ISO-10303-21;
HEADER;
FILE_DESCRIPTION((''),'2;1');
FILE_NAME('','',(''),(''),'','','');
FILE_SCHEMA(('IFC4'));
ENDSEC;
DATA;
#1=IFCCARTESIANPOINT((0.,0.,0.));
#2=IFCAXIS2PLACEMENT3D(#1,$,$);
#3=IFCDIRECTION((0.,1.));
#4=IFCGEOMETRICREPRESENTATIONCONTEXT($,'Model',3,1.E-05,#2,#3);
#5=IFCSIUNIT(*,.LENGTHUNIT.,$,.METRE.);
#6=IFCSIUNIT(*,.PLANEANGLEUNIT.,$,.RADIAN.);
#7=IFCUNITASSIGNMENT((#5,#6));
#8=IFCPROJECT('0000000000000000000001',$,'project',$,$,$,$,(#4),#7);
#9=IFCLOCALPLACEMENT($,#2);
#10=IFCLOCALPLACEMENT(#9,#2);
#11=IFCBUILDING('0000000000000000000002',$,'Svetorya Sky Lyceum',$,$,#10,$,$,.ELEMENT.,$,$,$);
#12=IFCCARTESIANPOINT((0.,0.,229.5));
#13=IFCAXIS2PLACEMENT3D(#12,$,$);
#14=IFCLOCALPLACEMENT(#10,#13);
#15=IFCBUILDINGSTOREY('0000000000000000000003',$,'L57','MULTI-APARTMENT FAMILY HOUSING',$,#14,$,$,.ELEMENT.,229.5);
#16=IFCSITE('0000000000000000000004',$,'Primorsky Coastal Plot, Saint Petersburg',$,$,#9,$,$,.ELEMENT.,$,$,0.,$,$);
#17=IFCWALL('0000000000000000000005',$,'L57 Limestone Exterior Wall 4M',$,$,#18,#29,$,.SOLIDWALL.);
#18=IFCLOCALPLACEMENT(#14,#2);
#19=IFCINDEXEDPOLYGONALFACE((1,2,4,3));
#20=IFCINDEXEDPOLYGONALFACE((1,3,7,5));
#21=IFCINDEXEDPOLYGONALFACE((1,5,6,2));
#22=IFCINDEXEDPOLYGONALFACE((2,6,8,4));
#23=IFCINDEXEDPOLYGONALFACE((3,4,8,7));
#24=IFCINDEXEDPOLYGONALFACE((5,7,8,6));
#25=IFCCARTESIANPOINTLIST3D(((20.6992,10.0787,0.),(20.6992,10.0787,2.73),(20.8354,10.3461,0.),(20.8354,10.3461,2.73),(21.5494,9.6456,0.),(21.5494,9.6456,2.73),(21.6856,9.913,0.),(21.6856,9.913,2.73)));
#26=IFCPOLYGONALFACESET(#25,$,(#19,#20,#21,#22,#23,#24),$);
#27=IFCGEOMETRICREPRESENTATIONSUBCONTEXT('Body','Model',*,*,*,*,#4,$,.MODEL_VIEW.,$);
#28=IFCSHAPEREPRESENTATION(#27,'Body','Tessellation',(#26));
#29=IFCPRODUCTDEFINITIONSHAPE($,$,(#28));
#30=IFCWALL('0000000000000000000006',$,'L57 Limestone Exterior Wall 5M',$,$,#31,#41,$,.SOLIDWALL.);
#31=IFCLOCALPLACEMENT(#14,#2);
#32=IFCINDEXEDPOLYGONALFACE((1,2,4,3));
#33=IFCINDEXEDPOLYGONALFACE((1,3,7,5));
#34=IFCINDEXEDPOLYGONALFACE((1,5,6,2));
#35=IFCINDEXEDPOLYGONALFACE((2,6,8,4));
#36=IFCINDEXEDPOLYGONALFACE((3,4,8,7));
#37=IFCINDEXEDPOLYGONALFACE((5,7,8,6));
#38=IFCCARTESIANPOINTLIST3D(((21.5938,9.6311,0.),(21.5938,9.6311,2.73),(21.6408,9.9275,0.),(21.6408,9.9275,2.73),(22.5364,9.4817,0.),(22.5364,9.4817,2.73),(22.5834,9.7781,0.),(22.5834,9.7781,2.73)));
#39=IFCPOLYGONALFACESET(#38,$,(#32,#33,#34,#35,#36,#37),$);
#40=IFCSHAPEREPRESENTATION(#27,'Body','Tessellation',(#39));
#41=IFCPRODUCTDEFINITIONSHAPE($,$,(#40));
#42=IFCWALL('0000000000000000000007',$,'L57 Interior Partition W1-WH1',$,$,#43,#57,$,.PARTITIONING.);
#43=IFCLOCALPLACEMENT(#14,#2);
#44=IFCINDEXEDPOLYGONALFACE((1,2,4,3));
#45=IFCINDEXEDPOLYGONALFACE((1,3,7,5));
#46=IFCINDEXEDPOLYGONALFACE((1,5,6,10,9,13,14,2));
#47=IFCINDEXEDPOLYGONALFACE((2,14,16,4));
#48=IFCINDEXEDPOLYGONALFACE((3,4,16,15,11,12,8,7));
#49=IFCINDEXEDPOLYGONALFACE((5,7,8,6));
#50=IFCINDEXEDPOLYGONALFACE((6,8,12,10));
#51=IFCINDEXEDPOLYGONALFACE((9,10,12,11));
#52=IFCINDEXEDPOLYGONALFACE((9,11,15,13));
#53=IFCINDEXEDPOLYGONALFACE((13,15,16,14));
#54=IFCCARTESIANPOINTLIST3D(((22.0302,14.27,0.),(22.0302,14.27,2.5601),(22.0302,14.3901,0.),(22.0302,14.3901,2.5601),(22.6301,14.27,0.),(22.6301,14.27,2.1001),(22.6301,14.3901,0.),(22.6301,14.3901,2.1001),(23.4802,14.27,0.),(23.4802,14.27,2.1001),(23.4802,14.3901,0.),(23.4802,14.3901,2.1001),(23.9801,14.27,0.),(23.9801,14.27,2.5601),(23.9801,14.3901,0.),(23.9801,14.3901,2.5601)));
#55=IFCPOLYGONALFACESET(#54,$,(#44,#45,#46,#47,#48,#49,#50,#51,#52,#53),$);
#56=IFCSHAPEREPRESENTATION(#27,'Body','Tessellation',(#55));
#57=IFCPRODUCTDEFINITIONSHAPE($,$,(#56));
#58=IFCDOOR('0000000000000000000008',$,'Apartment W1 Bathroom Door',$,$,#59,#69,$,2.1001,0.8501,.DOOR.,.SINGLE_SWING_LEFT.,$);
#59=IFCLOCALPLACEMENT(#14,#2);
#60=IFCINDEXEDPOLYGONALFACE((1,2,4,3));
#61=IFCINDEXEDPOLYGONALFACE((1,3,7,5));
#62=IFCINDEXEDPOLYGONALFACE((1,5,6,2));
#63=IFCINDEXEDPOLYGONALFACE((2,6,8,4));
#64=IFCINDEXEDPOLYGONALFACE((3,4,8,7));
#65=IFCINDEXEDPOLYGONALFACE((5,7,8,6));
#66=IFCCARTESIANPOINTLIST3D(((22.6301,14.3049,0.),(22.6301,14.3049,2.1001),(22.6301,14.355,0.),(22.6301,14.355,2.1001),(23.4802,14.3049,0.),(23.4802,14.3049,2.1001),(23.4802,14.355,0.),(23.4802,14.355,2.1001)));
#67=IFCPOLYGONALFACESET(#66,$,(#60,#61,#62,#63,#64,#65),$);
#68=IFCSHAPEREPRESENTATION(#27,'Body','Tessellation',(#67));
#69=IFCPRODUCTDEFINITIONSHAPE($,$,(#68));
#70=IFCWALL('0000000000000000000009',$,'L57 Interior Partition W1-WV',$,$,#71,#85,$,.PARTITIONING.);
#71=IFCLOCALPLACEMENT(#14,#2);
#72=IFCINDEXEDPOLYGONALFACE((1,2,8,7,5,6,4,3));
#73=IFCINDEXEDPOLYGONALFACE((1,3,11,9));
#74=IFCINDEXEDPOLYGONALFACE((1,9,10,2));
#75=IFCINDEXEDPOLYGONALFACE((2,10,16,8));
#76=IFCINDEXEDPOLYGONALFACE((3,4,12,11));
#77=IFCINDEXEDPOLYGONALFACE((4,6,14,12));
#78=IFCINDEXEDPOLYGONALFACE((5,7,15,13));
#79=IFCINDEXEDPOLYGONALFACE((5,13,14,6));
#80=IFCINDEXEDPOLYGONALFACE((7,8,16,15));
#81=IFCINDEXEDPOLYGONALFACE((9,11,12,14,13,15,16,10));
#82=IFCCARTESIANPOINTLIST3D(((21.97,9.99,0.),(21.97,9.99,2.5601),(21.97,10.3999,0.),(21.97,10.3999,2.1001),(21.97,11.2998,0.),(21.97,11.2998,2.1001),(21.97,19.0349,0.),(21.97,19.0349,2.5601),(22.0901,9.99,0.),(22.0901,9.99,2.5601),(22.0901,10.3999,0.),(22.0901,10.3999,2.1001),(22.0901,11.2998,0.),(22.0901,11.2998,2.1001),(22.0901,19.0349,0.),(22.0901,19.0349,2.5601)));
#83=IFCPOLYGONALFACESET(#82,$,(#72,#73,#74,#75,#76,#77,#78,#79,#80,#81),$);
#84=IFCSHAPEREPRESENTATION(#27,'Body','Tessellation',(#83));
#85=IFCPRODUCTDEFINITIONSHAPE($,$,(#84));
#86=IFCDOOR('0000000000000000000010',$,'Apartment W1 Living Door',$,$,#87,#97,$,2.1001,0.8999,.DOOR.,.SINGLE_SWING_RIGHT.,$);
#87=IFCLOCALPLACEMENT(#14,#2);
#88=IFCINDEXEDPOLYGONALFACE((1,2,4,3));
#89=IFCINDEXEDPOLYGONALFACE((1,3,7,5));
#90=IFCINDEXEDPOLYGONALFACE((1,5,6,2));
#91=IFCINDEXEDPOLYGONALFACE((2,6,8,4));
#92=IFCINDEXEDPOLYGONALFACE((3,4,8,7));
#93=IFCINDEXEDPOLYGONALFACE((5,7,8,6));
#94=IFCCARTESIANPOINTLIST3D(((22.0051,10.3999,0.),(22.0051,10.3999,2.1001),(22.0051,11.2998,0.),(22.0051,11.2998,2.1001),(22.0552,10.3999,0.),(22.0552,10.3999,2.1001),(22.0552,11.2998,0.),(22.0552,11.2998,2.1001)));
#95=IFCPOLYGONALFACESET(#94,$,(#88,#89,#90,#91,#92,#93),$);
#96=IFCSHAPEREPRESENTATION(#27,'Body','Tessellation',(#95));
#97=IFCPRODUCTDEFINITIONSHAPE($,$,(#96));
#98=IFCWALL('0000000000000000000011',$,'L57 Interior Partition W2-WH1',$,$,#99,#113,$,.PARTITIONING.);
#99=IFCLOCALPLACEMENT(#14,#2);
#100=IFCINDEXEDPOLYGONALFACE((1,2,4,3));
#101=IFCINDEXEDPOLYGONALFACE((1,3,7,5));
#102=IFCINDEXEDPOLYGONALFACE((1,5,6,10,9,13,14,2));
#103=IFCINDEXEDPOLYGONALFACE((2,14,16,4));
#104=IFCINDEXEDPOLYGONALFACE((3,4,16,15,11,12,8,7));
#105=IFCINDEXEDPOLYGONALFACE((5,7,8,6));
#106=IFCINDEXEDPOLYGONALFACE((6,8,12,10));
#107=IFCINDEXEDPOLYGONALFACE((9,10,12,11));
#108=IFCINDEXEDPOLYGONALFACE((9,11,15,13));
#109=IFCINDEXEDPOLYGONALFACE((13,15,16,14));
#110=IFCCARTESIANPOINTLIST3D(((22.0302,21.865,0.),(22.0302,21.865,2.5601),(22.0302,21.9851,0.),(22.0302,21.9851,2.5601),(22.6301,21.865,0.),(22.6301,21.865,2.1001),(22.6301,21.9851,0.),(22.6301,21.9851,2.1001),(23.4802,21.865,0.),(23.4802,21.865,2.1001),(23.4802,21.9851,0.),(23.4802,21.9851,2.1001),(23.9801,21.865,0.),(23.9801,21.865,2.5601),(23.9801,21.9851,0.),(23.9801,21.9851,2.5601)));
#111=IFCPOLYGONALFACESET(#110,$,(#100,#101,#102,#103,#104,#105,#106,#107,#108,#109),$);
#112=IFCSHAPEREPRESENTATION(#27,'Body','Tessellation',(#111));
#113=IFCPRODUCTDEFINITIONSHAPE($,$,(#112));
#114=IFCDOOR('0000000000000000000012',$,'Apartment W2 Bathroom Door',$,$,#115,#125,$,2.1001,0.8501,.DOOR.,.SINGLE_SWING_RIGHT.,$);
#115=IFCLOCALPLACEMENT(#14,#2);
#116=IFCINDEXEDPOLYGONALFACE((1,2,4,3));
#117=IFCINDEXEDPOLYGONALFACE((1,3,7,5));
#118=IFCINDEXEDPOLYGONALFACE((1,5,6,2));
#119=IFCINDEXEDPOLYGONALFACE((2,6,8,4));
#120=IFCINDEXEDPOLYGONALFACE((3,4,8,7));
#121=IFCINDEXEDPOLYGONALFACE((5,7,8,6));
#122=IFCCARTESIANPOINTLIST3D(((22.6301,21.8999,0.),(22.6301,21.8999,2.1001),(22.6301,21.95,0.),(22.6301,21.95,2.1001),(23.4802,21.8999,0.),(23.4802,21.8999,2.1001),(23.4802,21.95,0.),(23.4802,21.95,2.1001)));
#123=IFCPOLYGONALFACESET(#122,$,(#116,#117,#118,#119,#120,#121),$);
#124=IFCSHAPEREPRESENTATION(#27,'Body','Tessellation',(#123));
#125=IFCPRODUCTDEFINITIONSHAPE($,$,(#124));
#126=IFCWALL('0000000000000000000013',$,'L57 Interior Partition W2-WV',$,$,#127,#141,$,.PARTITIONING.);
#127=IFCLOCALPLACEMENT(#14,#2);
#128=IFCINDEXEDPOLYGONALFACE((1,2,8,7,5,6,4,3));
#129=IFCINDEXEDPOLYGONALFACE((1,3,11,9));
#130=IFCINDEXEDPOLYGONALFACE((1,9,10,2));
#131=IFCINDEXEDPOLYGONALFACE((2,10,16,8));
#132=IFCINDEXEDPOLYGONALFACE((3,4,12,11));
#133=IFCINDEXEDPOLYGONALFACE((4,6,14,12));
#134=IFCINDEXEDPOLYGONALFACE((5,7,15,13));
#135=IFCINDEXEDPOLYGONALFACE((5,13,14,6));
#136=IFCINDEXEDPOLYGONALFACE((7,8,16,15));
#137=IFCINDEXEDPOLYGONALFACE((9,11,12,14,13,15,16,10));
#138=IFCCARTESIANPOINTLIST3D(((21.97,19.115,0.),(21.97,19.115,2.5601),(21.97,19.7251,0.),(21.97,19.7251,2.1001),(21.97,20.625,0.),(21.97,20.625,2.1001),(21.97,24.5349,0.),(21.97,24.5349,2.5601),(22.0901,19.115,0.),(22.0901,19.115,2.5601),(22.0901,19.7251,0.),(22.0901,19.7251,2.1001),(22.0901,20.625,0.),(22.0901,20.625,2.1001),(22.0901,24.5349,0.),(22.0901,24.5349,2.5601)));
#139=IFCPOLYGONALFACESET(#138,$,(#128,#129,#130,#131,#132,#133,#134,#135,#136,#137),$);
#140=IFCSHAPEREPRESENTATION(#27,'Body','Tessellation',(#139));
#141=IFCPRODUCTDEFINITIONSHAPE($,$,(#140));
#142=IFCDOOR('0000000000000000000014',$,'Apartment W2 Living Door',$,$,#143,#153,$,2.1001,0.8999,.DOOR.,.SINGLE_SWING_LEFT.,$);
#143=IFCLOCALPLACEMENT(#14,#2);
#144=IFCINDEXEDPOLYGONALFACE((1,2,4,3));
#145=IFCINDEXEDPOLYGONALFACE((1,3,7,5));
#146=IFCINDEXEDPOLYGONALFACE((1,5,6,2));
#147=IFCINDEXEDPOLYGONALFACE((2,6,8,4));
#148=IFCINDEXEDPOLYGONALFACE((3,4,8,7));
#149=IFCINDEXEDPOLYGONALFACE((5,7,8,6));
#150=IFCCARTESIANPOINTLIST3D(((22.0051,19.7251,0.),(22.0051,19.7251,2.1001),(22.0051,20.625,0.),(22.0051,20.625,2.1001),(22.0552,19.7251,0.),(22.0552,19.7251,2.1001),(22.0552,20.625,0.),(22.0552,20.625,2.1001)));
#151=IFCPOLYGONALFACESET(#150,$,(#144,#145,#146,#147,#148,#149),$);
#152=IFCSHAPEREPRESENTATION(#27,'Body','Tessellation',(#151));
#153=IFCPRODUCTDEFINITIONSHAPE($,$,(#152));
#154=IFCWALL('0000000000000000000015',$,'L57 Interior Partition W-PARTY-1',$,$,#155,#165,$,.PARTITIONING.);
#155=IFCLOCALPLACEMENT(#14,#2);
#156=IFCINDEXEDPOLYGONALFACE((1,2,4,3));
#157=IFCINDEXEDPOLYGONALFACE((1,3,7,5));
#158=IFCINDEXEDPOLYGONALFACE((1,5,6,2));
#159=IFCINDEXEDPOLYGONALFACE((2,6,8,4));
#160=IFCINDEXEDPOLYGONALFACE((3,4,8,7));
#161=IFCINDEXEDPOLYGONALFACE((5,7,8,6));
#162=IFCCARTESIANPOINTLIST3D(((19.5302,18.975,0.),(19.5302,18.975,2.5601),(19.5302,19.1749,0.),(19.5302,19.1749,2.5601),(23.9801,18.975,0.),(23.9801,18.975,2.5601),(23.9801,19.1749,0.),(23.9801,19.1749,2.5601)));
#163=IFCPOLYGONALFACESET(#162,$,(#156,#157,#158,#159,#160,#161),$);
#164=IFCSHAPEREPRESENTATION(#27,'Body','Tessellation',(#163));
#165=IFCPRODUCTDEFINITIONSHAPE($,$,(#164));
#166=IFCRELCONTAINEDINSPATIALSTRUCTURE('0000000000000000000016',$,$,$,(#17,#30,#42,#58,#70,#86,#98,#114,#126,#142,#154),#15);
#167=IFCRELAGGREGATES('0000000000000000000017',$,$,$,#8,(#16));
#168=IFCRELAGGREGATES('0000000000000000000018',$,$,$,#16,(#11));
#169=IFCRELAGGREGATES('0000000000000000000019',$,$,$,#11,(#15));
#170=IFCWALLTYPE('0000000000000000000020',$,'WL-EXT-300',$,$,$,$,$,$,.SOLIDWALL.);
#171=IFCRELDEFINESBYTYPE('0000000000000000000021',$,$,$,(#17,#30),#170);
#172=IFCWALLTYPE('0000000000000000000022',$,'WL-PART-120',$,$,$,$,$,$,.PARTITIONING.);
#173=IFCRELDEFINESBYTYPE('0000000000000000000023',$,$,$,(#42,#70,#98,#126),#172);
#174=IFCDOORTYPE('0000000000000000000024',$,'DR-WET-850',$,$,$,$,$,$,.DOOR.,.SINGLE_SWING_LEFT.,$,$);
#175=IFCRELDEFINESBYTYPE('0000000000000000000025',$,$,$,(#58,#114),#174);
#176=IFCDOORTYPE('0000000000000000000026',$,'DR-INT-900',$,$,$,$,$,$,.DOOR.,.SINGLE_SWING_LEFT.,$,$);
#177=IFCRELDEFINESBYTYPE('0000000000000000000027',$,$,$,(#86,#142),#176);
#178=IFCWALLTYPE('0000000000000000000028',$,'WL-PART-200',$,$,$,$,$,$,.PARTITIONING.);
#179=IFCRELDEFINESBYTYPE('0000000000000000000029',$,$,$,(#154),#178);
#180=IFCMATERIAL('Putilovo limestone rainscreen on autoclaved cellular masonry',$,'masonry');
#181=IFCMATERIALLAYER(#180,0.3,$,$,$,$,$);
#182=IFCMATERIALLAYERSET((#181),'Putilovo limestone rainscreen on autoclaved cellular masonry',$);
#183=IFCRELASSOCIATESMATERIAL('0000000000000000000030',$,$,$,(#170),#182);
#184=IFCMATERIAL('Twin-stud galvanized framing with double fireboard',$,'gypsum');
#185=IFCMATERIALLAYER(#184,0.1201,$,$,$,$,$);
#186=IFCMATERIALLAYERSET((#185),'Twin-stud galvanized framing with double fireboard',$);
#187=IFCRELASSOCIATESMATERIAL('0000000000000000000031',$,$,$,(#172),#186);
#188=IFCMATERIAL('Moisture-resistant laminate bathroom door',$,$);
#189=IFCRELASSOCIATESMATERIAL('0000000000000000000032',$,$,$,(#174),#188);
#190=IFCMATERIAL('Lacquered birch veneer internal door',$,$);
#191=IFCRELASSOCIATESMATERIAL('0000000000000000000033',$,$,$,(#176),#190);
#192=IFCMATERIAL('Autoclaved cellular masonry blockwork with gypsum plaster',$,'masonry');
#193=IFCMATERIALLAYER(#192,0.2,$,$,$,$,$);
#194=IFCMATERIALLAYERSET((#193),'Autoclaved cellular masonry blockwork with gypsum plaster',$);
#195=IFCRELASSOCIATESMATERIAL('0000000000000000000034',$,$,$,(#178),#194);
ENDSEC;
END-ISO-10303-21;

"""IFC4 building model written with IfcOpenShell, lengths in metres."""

from ifc_helpers import new_model, si_unit, direction, frame, frame_2d, origin, place, context, subcontext, project, spatial, rectangle, extrude, material, layer, layer_set, type_object, element, fill, save


model = new_model("IFC4")

# Units and contexts
model_context = context("Model", 3, precision=1e-05, world=origin(), true_north=direction((0.0, 1.0)))
body_context = subcontext(model_context, "Body", "Model", "MODEL_VIEW")
ifc_project = project(units=[si_unit("LENGTHUNIT", "METRE"), si_unit("PLANEANGLEUNIT", "RADIAN")], contexts=[model_context])

# Site, building, storey
site_placement = place(None, origin())
site = spatial("IfcSite", under=ifc_project, at=site_placement, Name="Primorsky Coastal Plot, Saint Petersburg", CompositionType="ELEMENT", RefElevation=0.0)
building_placement = place(site_placement, origin())
building = spatial("IfcBuilding", under=site, at=building_placement, Name="Svetorya Sky Lyceum", CompositionType="ELEMENT")
storey_placement = place(building_placement, frame((0.0, 0.0, 229.5)))
storey = spatial("IfcBuildingStorey", under=building, at=storey_placement, Name="L57", Description="MULTI-APARTMENT FAMILY HOUSING", CompositionType="ELEMENT", Elevation=229.5)

# Walls
ifc_material_1 = material(Name="Putilovo limestone rainscreen on autoclaved cellular masonry", Category="masonry")
ifc_layer_1 = layer(ifc_material_1, 0.3)
ifc_layer_set_1 = layer_set([ifc_layer_1], Name="Putilovo limestone rainscreen on autoclaved cellular masonry")
wall_type_1 = type_object("IfcWallType", Name="WL-EXT-300", PredefinedType="SOLIDWALL", material=ifc_layer_set_1)
wall_1_placement = place(storey_placement, frame((20.7673, 10.2124, 0.0), z_axis=(0.0, 0.0, 1.0), x_axis=(0.891024, -0.453956, 0.0)))
element("IfcWall", 1, at=wall_1_placement, inside=storey, type_object=wall_type_1, Name="L57 Limestone Exterior Wall 4M", PredefinedType="SOLIDWALL", context=body_context, shape_type="SweptSolid", body=[
    extrude(rectangle(XDim=0.9541, YDim=0.3, at=frame_2d((0.4771, 0.0))), origin(), (0.0, 0.0, 1.0), 2.73),
])
wall_2_placement = place(storey_placement, frame((21.6174, 9.7793, 0.0), z_axis=(0.0, 0.0, 1.0), x_axis=(0.987669, -0.156554, 0.0)))
element("IfcWall", 2, at=wall_2_placement, inside=storey, type_object=wall_type_1, Name="L57 Limestone Exterior Wall 5M", PredefinedType="SOLIDWALL", context=body_context, shape_type="SweptSolid", body=[
    extrude(rectangle(XDim=0.9543, YDim=0.3, at=frame_2d((0.4771, 0.0))), origin(), (0.0, 0.0, 1.0), 2.73),
])

# Walls, openings, doors
ifc_material_2 = material(Name="Twin-stud galvanized framing with double fireboard", Category="gypsum")
ifc_layer_2 = layer(ifc_material_2, 0.1201)
ifc_layer_set_2 = layer_set([ifc_layer_2], Name="Twin-stud galvanized framing with double fireboard")
wall_type_2 = type_object("IfcWallType", Name="WL-PART-120", PredefinedType="PARTITIONING", material=ifc_layer_set_2)
wall_3_placement = place(storey_placement, frame((22.03, 14.3301, 0.0), z_axis=(0.0, 0.0, 1.0), x_axis=(1.0, 0.0, 0.0)))
wall_3 = element("IfcWall", 3, at=wall_3_placement, inside=storey, type_object=wall_type_2, Name="L57 Interior Partition W1-WH1", PredefinedType="PARTITIONING", context=body_context, shape_type="SweptSolid", body=[
    extrude(rectangle(XDim=1.95, YDim=0.1201, at=frame_2d((0.9751, 0.0))), origin(), (0.0, 0.0, 1.0), 2.5601),
])
opening_1_placement = place(wall_3_placement, frame((0.6001, 0.0, 0.0)))
opening_1 = element("IfcOpeningElement", 4, at=opening_1_placement, cuts=wall_3, PredefinedType="OPENING", context=body_context, shape_type="SweptSolid", body=[
    extrude(rectangle(XDim=0.8501, YDim=2.1001, at=frame_2d((0.425, 1.05))), frame((0.0, 0.0701, 0.0), z_axis=(0.0, -1.0, 0.0), x_axis=(1.0, 0.0, 0.0)), (0.0, 0.0, 1.0), 0.1401),
])
ifc_material_3 = material(Name="Moisture-resistant laminate bathroom door")
door_type_1 = type_object("IfcDoorType", Name="DR-WET-850", OperationType="SINGLE_SWING_LEFT", PredefinedType="DOOR", material=ifc_material_3)
door_1_placement = place(opening_1_placement, origin())
door_1 = element("IfcDoor", 5, at=door_1_placement, inside=storey, type_object=door_type_1, Name="Apartment W1 Bathroom Door", OperationType="SINGLE_SWING_LEFT", OverallHeight=2.1001, OverallWidth=0.8501, PredefinedType="DOOR", context=body_context, shape_type="SweptSolid", body=[
    extrude(rectangle(XDim=0.8501, YDim=2.1001, at=frame_2d((0.425, 1.05))), frame((0.0, 0.0249, 0.0), z_axis=(0.0, -1.0, 0.0), x_axis=(1.0, 0.0, 0.0)), (0.0, 0.0, 1.0), 0.05),
])
fill(opening_1, door_1)
wall_4_placement = place(storey_placement, frame((22.03, 9.99, 0.0), z_axis=(0.0, 0.0, 1.0), x_axis=(0.0, 1.0, 0.0)))
wall_4 = element("IfcWall", 6, at=wall_4_placement, inside=storey, type_object=wall_type_2, Name="L57 Interior Partition W1-WV", PredefinedType="PARTITIONING", context=body_context, shape_type="SweptSolid", body=[
    extrude(rectangle(XDim=9.0449, YDim=0.1201, at=frame_2d((4.5225, 0.0))), origin(), (0.0, 0.0, 1.0), 2.5601),
])
opening_2_placement = place(wall_4_placement, frame((0.4099, 0.0, 0.0)))
opening_2 = element("IfcOpeningElement", 7, at=opening_2_placement, cuts=wall_4, PredefinedType="OPENING", context=body_context, shape_type="SweptSolid", body=[
    extrude(rectangle(XDim=0.8999, YDim=2.1001, at=frame_2d((0.45, 1.05))), frame((0.0, 0.0701, 0.0), z_axis=(0.0, -1.0, 0.0), x_axis=(1.0, 0.0, 0.0)), (0.0, 0.0, 1.0), 0.1401),
])
ifc_material_4 = material(Name="Lacquered birch veneer internal door")
door_type_2 = type_object("IfcDoorType", Name="DR-INT-900", OperationType="SINGLE_SWING_LEFT", PredefinedType="DOOR", material=ifc_material_4)
door_2_placement = place(opening_2_placement, origin())
door_2 = element("IfcDoor", 8, at=door_2_placement, inside=storey, type_object=door_type_2, Name="Apartment W1 Living Door", OperationType="SINGLE_SWING_RIGHT", OverallHeight=2.1001, OverallWidth=0.8999, PredefinedType="DOOR", context=body_context, shape_type="SweptSolid", body=[
    extrude(rectangle(XDim=0.8999, YDim=2.1001, at=frame_2d((0.45, 1.05))), frame((0.0, 0.0249, 0.0), z_axis=(0.0, -1.0, 0.0), x_axis=(1.0, 0.0, 0.0)), (0.0, 0.0, 1.0), 0.05),
])
fill(opening_2, door_2)
wall_5_placement = place(storey_placement, frame((22.03, 21.925, 0.0), z_axis=(0.0, 0.0, 1.0), x_axis=(1.0, 0.0, 0.0)))
wall_5 = element("IfcWall", 9, at=wall_5_placement, inside=storey, type_object=wall_type_2, Name="L57 Interior Partition W2-WH1", PredefinedType="PARTITIONING", context=body_context, shape_type="SweptSolid", body=[
    extrude(rectangle(XDim=1.95, YDim=0.1201, at=frame_2d((0.9751, 0.0))), origin(), (0.0, 0.0, 1.0), 2.5601),
])
opening_3_placement = place(wall_5_placement, frame((0.6001, 0.0, 0.0)))
opening_3 = element("IfcOpeningElement", 10, at=opening_3_placement, cuts=wall_5, PredefinedType="OPENING", context=body_context, shape_type="SweptSolid", body=[
    extrude(rectangle(XDim=0.8501, YDim=2.1001, at=frame_2d((0.425, 1.05))), frame((0.0, 0.0701, 0.0), z_axis=(0.0, -1.0, 0.0), x_axis=(1.0, 0.0, 0.0)), (0.0, 0.0, 1.0), 0.1401),
])
door_3_placement = place(opening_3_placement, origin())
door_3 = element("IfcDoor", 11, at=door_3_placement, inside=storey, type_object=door_type_1, Name="Apartment W2 Bathroom Door", OperationType="SINGLE_SWING_RIGHT", OverallHeight=2.1001, OverallWidth=0.8501, PredefinedType="DOOR", context=body_context, shape_type="SweptSolid", body=[
    extrude(rectangle(XDim=0.8501, YDim=2.1001, at=frame_2d((0.425, 1.05))), frame((0.0, 0.0249, 0.0), z_axis=(0.0, -1.0, 0.0), x_axis=(1.0, 0.0, 0.0)), (0.0, 0.0, 1.0), 0.05),
])
fill(opening_3, door_3)
wall_6_placement = place(storey_placement, frame((22.03, 19.115, 0.0), z_axis=(0.0, 0.0, 1.0), x_axis=(0.0, 1.0, 0.0)))
wall_6 = element("IfcWall", 12, at=wall_6_placement, inside=storey, type_object=wall_type_2, Name="L57 Interior Partition W2-WV", PredefinedType="PARTITIONING", context=body_context, shape_type="SweptSolid", body=[
    extrude(rectangle(XDim=5.4199, YDim=0.1201, at=frame_2d((2.71, 0.0))), origin(), (0.0, 0.0, 1.0), 2.5601),
])
opening_4_placement = place(wall_6_placement, frame((0.6101, 0.0, 0.0)))
opening_4 = element("IfcOpeningElement", 13, at=opening_4_placement, cuts=wall_6, PredefinedType="OPENING", context=body_context, shape_type="SweptSolid", body=[
    extrude(rectangle(XDim=0.8999, YDim=2.1001, at=frame_2d((0.45, 1.05))), frame((0.0, 0.0701, 0.0), z_axis=(0.0, -1.0, 0.0), x_axis=(1.0, 0.0, 0.0)), (0.0, 0.0, 1.0), 0.1401),
])
door_4_placement = place(opening_4_placement, origin())
door_4 = element("IfcDoor", 14, at=door_4_placement, inside=storey, type_object=door_type_2, Name="Apartment W2 Living Door", OperationType="SINGLE_SWING_LEFT", OverallHeight=2.1001, OverallWidth=0.8999, PredefinedType="DOOR", context=body_context, shape_type="SweptSolid", body=[
    extrude(rectangle(XDim=0.8999, YDim=2.1001, at=frame_2d((0.45, 1.05))), frame((0.0, 0.0249, 0.0), z_axis=(0.0, -1.0, 0.0), x_axis=(1.0, 0.0, 0.0)), (0.0, 0.0, 1.0), 0.05),
])
fill(opening_4, door_4)

# Wall
ifc_material_5 = material(Name="Autoclaved cellular masonry blockwork with gypsum plaster", Category="masonry")
ifc_layer_3 = layer(ifc_material_5, 0.2)
ifc_layer_set_3 = layer_set([ifc_layer_3], Name="Autoclaved cellular masonry blockwork with gypsum plaster")
wall_type_3 = type_object("IfcWallType", Name="WL-PART-200", PredefinedType="PARTITIONING", material=ifc_layer_set_3)
wall_7_placement = place(storey_placement, frame((19.53, 19.075, 0.0), z_axis=(0.0, 0.0, 1.0), x_axis=(1.0, 0.0, 0.0)))
element("IfcWall", 15, at=wall_7_placement, inside=storey, type_object=wall_type_3, Name="L57 Interior Partition W-PARTY-1", PredefinedType="PARTITIONING", context=body_context, shape_type="SweptSolid", body=[
    extrude(rectangle(XDim=4.45, YDim=0.2, at=frame_2d((2.2251, 0.0))), origin(), (0.0, 0.0, 1.0), 2.5601),
])

save(model, "model.ifc")
